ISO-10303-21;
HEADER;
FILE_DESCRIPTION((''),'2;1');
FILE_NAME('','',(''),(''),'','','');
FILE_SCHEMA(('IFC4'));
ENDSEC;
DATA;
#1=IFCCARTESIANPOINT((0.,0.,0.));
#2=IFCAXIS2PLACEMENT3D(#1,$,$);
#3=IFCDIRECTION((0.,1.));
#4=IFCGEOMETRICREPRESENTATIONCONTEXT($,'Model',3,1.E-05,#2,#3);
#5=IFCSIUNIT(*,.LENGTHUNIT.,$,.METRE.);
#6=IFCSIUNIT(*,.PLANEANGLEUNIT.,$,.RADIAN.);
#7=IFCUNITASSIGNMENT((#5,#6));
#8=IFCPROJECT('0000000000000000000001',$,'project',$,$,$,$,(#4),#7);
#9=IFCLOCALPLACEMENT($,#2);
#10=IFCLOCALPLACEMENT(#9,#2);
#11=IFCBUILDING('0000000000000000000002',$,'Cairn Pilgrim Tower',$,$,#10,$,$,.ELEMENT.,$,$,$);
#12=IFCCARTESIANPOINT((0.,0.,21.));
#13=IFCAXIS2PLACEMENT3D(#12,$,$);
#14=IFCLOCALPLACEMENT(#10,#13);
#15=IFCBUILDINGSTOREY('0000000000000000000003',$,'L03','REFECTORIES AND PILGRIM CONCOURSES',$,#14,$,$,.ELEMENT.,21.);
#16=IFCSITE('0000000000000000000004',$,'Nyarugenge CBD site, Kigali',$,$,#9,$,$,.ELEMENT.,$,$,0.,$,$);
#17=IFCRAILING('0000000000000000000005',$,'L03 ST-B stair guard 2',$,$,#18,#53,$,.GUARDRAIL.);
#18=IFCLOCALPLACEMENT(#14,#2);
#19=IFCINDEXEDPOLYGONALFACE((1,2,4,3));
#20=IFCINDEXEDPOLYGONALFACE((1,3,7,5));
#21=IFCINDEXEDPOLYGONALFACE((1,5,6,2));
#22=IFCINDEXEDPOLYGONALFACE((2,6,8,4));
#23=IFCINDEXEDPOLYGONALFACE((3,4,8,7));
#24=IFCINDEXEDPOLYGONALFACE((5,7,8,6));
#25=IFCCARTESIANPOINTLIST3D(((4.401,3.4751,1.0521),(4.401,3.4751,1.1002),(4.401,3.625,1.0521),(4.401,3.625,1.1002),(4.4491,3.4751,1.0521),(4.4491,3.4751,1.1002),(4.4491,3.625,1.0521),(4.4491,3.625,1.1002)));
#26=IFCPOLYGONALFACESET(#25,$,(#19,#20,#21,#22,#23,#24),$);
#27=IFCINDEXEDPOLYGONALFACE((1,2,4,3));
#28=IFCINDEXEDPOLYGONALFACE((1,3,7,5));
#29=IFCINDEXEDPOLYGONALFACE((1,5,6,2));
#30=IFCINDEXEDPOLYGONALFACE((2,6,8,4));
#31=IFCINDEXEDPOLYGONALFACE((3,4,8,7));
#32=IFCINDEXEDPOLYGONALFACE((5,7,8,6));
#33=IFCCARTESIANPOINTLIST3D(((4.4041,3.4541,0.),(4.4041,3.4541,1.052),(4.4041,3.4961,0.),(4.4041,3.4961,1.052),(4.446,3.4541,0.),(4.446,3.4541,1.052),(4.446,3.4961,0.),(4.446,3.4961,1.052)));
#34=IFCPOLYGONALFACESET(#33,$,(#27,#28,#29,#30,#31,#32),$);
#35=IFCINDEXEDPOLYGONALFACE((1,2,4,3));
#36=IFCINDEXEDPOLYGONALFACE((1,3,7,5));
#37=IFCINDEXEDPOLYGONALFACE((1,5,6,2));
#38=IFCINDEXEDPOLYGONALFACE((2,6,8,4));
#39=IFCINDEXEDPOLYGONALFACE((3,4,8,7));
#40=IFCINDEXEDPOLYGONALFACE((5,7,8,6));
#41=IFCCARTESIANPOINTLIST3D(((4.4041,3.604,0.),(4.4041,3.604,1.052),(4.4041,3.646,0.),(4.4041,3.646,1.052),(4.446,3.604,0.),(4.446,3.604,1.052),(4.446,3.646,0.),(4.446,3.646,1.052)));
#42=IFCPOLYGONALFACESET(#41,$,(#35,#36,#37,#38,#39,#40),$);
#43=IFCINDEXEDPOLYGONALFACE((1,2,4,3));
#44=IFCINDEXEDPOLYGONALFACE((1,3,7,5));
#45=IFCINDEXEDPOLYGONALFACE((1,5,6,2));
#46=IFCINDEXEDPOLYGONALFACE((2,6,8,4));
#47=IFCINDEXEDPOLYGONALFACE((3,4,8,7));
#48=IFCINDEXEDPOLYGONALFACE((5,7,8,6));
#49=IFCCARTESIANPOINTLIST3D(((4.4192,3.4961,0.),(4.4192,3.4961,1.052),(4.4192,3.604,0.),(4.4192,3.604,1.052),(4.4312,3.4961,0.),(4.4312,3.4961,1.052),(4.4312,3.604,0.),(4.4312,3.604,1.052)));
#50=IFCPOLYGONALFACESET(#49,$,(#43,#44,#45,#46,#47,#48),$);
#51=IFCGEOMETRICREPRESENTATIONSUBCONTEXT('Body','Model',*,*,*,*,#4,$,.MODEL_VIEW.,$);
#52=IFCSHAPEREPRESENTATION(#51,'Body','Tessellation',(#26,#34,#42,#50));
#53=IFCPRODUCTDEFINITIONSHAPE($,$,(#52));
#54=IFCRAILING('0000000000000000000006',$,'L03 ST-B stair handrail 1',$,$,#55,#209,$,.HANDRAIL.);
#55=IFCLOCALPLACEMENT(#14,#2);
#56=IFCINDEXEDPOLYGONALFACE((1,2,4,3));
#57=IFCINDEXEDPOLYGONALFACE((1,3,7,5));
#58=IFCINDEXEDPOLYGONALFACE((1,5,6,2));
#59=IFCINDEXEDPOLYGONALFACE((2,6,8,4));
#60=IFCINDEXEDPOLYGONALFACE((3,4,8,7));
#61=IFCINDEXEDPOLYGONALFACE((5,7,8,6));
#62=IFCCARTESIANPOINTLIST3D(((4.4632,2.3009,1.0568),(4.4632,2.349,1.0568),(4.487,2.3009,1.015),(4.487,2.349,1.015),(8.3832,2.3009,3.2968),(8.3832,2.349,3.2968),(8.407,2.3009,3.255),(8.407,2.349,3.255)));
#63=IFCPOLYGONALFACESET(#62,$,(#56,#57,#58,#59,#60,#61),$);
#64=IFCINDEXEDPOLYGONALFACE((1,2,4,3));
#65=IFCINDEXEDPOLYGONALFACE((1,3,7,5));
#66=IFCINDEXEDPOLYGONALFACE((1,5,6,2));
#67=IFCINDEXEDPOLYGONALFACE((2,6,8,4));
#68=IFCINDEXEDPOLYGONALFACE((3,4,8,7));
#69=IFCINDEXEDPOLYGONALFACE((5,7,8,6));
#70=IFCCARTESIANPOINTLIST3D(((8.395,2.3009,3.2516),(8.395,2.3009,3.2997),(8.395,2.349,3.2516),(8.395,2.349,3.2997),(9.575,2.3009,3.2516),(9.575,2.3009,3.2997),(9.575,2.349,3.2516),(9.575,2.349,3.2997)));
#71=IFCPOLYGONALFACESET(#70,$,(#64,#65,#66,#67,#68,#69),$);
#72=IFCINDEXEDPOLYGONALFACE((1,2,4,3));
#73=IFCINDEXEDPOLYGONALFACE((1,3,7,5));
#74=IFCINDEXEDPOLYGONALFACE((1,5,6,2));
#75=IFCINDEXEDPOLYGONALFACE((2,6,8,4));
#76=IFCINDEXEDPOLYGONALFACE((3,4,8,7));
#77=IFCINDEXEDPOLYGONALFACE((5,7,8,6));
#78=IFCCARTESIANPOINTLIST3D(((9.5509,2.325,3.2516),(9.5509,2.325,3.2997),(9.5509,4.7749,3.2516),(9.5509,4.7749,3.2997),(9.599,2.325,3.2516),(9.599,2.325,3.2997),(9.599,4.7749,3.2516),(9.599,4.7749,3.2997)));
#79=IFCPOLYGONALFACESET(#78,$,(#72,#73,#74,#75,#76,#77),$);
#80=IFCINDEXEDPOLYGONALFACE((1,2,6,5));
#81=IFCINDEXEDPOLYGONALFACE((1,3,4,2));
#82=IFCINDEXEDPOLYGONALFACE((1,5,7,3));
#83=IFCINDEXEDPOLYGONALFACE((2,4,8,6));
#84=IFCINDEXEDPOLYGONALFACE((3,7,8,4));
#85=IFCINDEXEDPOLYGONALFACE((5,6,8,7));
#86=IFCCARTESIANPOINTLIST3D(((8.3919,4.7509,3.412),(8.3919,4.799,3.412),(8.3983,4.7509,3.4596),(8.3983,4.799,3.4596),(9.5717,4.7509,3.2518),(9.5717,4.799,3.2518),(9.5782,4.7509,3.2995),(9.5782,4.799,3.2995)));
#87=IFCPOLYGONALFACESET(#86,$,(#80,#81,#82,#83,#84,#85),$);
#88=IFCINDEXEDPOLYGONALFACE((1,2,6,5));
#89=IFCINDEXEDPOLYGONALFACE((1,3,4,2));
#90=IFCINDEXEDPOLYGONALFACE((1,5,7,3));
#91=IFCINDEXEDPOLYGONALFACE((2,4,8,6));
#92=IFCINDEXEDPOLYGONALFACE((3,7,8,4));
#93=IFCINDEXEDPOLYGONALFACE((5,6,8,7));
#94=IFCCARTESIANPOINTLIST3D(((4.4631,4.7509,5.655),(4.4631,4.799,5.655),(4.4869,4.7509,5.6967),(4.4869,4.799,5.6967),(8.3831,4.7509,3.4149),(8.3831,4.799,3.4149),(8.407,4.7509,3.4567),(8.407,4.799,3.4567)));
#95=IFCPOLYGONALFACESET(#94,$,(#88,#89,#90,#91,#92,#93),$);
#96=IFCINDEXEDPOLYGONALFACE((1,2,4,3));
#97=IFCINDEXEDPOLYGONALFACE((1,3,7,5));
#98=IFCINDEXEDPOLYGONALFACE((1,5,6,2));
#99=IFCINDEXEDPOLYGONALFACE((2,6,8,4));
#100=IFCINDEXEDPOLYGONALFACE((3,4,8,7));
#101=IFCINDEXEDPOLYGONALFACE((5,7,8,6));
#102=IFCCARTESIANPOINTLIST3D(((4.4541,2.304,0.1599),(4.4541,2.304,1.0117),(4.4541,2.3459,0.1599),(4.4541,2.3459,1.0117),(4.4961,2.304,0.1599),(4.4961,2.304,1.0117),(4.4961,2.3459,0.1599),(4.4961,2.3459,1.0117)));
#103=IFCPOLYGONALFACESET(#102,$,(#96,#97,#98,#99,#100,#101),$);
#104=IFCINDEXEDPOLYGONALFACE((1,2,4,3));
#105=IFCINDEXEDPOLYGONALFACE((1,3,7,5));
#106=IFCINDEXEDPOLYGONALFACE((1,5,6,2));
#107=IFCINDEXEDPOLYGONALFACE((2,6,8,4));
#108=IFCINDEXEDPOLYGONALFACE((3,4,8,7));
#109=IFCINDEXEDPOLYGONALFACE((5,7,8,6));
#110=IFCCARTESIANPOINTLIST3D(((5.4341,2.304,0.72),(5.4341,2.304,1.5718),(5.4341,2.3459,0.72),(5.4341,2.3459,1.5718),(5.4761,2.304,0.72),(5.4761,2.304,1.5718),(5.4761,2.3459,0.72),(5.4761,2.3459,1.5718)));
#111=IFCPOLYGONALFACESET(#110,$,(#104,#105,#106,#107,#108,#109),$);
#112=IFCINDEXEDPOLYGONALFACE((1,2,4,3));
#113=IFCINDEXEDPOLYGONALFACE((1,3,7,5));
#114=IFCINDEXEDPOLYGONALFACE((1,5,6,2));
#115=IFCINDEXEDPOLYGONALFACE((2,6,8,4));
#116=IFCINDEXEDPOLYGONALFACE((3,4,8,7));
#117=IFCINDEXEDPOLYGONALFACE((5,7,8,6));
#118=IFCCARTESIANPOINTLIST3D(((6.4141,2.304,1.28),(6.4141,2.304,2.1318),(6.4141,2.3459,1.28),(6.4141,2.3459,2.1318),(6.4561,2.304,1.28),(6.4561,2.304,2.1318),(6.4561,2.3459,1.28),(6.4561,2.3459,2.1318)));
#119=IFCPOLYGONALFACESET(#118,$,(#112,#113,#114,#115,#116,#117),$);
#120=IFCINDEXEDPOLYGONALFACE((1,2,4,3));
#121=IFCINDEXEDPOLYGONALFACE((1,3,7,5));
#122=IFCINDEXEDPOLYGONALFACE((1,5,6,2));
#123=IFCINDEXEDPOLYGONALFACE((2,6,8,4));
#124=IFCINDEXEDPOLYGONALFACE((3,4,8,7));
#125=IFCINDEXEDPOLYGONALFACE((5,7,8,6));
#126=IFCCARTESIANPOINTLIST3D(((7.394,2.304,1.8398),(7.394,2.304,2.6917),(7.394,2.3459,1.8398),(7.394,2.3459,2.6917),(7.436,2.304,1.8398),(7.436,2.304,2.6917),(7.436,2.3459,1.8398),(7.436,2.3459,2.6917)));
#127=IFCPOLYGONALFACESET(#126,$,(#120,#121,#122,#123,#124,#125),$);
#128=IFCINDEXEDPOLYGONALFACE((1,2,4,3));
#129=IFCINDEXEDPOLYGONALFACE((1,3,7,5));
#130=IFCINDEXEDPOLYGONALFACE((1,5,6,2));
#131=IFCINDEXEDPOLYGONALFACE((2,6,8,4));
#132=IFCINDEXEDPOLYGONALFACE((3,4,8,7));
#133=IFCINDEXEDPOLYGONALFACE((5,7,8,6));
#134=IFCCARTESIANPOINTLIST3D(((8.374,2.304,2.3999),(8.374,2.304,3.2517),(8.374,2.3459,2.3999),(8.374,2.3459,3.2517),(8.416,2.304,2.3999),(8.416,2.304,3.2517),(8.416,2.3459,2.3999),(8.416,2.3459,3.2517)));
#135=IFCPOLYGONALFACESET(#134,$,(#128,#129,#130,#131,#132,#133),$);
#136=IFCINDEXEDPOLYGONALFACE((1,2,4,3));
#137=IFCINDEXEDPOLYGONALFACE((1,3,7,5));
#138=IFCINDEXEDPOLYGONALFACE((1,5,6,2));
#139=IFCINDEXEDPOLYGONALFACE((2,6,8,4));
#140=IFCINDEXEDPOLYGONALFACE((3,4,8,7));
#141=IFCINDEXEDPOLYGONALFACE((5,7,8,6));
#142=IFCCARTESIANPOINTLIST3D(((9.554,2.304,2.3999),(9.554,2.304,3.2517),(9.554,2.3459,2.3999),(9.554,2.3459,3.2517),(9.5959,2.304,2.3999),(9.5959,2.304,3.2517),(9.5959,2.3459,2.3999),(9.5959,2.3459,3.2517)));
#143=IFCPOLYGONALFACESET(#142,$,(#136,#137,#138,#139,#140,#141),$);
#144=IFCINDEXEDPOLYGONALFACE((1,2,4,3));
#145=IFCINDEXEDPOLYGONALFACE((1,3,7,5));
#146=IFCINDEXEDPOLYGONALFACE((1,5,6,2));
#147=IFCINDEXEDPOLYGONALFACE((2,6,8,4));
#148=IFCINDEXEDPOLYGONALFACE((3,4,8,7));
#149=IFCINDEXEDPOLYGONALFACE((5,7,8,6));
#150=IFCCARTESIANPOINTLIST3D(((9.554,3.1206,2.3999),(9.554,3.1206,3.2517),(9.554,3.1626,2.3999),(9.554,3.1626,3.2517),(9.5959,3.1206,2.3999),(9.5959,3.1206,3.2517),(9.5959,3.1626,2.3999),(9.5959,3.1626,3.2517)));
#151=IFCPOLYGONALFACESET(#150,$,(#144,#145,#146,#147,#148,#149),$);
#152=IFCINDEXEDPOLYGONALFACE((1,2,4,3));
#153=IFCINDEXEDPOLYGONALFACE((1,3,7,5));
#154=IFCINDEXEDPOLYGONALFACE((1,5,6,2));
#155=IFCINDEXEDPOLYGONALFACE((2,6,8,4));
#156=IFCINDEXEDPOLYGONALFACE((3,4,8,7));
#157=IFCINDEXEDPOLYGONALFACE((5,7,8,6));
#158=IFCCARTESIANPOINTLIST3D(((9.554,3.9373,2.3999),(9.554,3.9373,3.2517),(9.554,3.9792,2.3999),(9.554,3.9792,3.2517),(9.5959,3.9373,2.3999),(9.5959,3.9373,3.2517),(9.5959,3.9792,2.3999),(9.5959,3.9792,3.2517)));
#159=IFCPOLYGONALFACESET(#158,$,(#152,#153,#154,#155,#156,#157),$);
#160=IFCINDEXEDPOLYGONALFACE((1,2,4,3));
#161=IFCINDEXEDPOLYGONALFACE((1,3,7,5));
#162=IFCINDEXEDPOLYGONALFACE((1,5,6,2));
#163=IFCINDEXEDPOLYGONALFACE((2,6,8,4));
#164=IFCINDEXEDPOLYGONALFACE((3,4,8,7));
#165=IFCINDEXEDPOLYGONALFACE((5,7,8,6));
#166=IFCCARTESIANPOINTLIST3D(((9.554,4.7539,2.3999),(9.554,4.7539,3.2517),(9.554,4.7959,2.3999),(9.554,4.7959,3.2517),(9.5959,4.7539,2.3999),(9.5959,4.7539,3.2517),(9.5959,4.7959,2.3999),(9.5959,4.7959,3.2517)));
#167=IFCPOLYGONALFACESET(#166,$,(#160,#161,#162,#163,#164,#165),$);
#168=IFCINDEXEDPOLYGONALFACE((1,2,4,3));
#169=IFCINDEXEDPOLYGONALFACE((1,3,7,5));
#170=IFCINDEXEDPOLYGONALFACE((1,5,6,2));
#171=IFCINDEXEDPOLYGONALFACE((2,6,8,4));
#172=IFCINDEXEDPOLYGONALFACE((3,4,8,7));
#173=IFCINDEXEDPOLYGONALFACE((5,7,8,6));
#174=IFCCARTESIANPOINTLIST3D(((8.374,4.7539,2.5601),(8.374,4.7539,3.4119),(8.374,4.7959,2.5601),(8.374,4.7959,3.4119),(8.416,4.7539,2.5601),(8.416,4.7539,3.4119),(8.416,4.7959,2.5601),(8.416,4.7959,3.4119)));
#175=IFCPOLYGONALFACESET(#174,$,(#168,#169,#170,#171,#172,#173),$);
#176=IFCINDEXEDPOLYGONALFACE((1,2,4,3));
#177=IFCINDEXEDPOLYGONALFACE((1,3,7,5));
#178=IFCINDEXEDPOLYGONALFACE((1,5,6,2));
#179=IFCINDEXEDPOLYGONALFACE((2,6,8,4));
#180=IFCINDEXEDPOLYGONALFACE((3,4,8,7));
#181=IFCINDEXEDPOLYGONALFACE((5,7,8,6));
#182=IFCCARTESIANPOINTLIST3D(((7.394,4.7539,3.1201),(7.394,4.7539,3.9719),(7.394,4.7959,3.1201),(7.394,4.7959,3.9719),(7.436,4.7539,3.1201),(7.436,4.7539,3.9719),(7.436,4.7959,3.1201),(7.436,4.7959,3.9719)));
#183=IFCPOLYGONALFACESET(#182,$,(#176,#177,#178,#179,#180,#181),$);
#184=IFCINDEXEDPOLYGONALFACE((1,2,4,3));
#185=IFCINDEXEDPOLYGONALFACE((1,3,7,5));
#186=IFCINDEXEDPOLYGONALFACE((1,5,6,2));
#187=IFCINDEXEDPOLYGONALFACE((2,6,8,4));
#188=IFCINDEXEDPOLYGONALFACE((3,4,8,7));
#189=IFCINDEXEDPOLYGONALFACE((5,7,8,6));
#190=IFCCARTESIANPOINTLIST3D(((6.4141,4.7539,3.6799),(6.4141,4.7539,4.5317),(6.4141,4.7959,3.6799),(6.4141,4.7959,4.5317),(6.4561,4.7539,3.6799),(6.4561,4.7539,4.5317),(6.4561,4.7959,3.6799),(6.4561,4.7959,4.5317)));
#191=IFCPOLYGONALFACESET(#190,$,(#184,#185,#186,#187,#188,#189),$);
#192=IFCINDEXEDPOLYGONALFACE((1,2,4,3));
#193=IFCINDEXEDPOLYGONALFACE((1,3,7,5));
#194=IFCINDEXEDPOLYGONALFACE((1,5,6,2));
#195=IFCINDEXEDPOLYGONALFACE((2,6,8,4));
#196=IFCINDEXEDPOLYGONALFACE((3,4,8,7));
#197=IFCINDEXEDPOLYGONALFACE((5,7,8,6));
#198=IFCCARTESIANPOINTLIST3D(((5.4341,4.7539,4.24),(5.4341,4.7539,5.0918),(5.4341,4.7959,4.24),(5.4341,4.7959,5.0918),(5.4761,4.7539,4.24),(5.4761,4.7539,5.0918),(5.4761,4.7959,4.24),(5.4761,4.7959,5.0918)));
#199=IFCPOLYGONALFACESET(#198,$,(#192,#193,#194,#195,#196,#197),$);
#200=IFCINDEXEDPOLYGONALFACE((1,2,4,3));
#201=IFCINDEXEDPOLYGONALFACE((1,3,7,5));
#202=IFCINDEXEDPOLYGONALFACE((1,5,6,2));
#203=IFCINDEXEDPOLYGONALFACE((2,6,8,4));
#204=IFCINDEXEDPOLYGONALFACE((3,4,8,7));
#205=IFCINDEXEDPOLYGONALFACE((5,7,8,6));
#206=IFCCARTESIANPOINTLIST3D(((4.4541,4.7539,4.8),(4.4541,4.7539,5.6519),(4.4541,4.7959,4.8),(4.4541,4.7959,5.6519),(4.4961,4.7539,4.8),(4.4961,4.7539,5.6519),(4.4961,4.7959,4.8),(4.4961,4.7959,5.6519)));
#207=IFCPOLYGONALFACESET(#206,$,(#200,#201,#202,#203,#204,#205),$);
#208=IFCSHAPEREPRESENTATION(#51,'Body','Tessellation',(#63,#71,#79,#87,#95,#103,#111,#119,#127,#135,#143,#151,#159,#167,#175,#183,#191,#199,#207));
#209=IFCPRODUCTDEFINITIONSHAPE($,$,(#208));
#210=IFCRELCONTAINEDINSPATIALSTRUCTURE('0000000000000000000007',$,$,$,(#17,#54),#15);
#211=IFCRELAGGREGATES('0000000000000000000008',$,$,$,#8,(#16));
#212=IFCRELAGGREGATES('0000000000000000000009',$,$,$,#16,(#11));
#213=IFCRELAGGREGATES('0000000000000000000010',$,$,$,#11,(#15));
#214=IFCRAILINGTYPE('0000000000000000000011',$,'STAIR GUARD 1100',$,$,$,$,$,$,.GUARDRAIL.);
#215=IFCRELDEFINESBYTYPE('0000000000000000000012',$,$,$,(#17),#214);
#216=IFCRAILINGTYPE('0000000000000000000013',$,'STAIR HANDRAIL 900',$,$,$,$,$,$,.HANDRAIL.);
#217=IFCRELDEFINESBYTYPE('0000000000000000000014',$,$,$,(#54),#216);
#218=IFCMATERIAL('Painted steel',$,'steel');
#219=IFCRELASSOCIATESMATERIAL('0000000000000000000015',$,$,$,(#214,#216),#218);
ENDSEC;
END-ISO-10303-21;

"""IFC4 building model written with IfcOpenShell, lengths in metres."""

from ifc_helpers import new_model, si_unit, direction, frame, origin, origin_2d, place, context, subcontext, project, spatial, polyline, rectangle, outline, extrude, material, type_object, element, save


model = new_model("IFC4")

# Units and contexts
model_context = context("Model", 3, precision=1e-05, world=origin(), true_north=direction((0.0, 1.0)))
body_context = subcontext(model_context, "Body", "Model", "MODEL_VIEW")
ifc_project = project(units=[si_unit("LENGTHUNIT", "METRE"), si_unit("PLANEANGLEUNIT", "RADIAN")], contexts=[model_context])

# Site, building, storey
site_placement = place(None, origin())
site = spatial("IfcSite", under=ifc_project, at=site_placement, Name="Nyarugenge CBD site, Kigali", CompositionType="ELEMENT", RefElevation=0.0)
building_placement = place(site_placement, origin())
building = spatial("IfcBuilding", under=site, at=building_placement, Name="Cairn Pilgrim Tower", CompositionType="ELEMENT")
storey_placement = place(building_placement, frame((0.0, 0.0, 21.0)))
storey = spatial("IfcBuildingStorey", under=building, at=storey_placement, Name="L03", Description="REFECTORIES AND PILGRIM CONCOURSES", CompositionType="ELEMENT", Elevation=21.0)

# Shared definitions
ifc_material_1 = material(Name="Painted steel", Category="steel")

# Railings
railing_type_1 = type_object("IfcRailingType", Name="STAIR GUARD 1100", PredefinedType="GUARDRAIL", material=ifc_material_1)
railing_1_placement = place(storey_placement, frame((4.425, 3.4751, 0.0)))
element("IfcRailing", 1, at=railing_1_placement, inside=storey, type_object=railing_type_1, Name="L03 ST-B stair guard 2", PredefinedType="GUARDRAIL", context=body_context, shape_type="SweptSolid", body=[
    extrude(rectangle(XDim=0.0481, YDim=0.0481, at=origin_2d()), frame((0.0, 0.0, 1.0762), z_axis=(0.0, 1.0, 0.0), x_axis=(-1.0, 0.0, 0.0)), (0.0, 0.0, 1.0), 0.1499),
    extrude(rectangle(XDim=0.042, YDim=0.042, at=origin_2d()), origin(), (0.0, 0.0, 1.0), 1.052),
    extrude(rectangle(XDim=0.042, YDim=0.042, at=origin_2d()), frame((0.0, 0.1499, 0.0)), (0.0, 0.0, 1.0), 1.052),
    extrude(outline(polyline([(0.021, 0.0), (0.1289, 0.0), (0.1289, 1.052), (0.021, 1.052), (0.021, 0.0)])), frame((-0.0059, 0.0, 0.0), z_axis=(1.0, 0.0, 0.0), x_axis=(0.0, 1.0, 0.0)), (0.0, 0.0, 1.0), 0.012),
])
railing_type_2 = type_object("IfcRailingType", Name="STAIR HANDRAIL 900", PredefinedType="HANDRAIL", material=ifc_material_1)
railing_2_placement = place(storey_placement, frame((4.4751, 2.325, 0.1599)))
element("IfcRailing", 2, at=railing_2_placement, inside=storey, type_object=railing_type_2, Name="L03 ST-B stair handrail 1", PredefinedType="HANDRAIL", context=body_context, shape_type="SweptSolid", body=[
    extrude(rectangle(XDim=0.0481, YDim=0.0481, at=origin_2d()), frame((0.0, 0.0, 0.876), z_axis=(0.86824, 0.0, 0.496145), x_axis=(0.0, 1.0, 0.0)), (0.0, 0.0, 1.0), 4.5149),
    extrude(rectangle(XDim=0.0481, YDim=0.0481, at=origin_2d()), frame((3.9199, 0.0, 3.1157), z_axis=(1.0, 0.0, 0.0), x_axis=(0.0, 1.0, 0.0)), (0.0, 0.0, 1.0), 1.1799),
    extrude(rectangle(XDim=0.0481, YDim=0.0481, at=origin_2d()), frame((5.0999, 0.0, 3.1157), z_axis=(0.0, 1.0, 0.0), x_axis=(-1.0, 0.0, 0.0)), (0.0, 0.0, 1.0), 2.45),
    extrude(rectangle(XDim=0.0481, YDim=0.0481, at=origin_2d()), frame((5.0999, 2.45, 3.1157), z_axis=(-0.990914, 0.0, 0.1345), x_axis=(0.0, -1.0, 0.0)), (0.0, 0.0, 1.0), 1.1907),
    extrude(rectangle(XDim=0.0481, YDim=0.0481, at=origin_2d()), frame((3.9199, 2.45, 3.2759), z_axis=(-0.86824, 0.0, 0.496145), x_axis=(0.0, -1.0, 0.0)), (0.0, 0.0, 1.0), 4.5149),
    extrude(rectangle(XDim=0.042, YDim=0.042, at=origin_2d()), origin(), (0.0, 0.0, 1.0), 0.8518),
    extrude(rectangle(XDim=0.042, YDim=0.042, at=origin_2d()), frame((0.98, 0.0, 0.5601)), (0.0, 0.0, 1.0), 0.8518),
    extrude(rectangle(XDim=0.042, YDim=0.042, at=origin_2d()), frame((1.96, 0.0, 1.1201)), (0.0, 0.0, 1.0), 0.8518),
    extrude(rectangle(XDim=0.042, YDim=0.042, at=origin_2d()), frame((2.9399, 0.0, 1.6799)), (0.0, 0.0, 1.0), 0.8518),
    extrude(rectangle(XDim=0.042, YDim=0.042, at=origin_2d()), frame((3.9199, 0.0, 2.24)), (0.0, 0.0, 1.0), 0.8518),
    extrude(rectangle(XDim=0.042, YDim=0.042, at=origin_2d()), frame((5.0999, 0.0, 2.24)), (0.0, 0.0, 1.0), 0.8518),
    extrude(rectangle(XDim=0.042, YDim=0.042, at=origin_2d()), frame((5.0999, 0.8167, 2.24)), (0.0, 0.0, 1.0), 0.8518),
    extrude(rectangle(XDim=0.042, YDim=0.042, at=origin_2d()), frame((5.0999, 1.6333, 2.24)), (0.0, 0.0, 1.0), 0.8518),
    extrude(rectangle(XDim=0.042, YDim=0.042, at=origin_2d()), frame((5.0999, 2.45, 2.24)), (0.0, 0.0, 1.0), 0.8518),
    extrude(rectangle(XDim=0.042, YDim=0.042, at=origin_2d()), frame((3.9199, 2.45, 2.4001)), (0.0, 0.0, 1.0), 0.8518),
    extrude(rectangle(XDim=0.042, YDim=0.042, at=origin_2d()), frame((2.9399, 2.45, 2.9602)), (0.0, 0.0, 1.0), 0.8518),
    extrude(rectangle(XDim=0.042, YDim=0.042, at=origin_2d()), frame((1.96, 2.45, 3.52)), (0.0, 0.0, 1.0), 0.8518),
    extrude(rectangle(XDim=0.042, YDim=0.042, at=origin_2d()), frame((0.98, 2.45, 4.0801)), (0.0, 0.0, 1.0), 0.8518),
    extrude(rectangle(XDim=0.042, YDim=0.042, at=origin_2d()), frame((0.0, 2.45, 4.6401)), (0.0, 0.0, 1.0), 0.8518),
])

save(model, "model.ifc")
